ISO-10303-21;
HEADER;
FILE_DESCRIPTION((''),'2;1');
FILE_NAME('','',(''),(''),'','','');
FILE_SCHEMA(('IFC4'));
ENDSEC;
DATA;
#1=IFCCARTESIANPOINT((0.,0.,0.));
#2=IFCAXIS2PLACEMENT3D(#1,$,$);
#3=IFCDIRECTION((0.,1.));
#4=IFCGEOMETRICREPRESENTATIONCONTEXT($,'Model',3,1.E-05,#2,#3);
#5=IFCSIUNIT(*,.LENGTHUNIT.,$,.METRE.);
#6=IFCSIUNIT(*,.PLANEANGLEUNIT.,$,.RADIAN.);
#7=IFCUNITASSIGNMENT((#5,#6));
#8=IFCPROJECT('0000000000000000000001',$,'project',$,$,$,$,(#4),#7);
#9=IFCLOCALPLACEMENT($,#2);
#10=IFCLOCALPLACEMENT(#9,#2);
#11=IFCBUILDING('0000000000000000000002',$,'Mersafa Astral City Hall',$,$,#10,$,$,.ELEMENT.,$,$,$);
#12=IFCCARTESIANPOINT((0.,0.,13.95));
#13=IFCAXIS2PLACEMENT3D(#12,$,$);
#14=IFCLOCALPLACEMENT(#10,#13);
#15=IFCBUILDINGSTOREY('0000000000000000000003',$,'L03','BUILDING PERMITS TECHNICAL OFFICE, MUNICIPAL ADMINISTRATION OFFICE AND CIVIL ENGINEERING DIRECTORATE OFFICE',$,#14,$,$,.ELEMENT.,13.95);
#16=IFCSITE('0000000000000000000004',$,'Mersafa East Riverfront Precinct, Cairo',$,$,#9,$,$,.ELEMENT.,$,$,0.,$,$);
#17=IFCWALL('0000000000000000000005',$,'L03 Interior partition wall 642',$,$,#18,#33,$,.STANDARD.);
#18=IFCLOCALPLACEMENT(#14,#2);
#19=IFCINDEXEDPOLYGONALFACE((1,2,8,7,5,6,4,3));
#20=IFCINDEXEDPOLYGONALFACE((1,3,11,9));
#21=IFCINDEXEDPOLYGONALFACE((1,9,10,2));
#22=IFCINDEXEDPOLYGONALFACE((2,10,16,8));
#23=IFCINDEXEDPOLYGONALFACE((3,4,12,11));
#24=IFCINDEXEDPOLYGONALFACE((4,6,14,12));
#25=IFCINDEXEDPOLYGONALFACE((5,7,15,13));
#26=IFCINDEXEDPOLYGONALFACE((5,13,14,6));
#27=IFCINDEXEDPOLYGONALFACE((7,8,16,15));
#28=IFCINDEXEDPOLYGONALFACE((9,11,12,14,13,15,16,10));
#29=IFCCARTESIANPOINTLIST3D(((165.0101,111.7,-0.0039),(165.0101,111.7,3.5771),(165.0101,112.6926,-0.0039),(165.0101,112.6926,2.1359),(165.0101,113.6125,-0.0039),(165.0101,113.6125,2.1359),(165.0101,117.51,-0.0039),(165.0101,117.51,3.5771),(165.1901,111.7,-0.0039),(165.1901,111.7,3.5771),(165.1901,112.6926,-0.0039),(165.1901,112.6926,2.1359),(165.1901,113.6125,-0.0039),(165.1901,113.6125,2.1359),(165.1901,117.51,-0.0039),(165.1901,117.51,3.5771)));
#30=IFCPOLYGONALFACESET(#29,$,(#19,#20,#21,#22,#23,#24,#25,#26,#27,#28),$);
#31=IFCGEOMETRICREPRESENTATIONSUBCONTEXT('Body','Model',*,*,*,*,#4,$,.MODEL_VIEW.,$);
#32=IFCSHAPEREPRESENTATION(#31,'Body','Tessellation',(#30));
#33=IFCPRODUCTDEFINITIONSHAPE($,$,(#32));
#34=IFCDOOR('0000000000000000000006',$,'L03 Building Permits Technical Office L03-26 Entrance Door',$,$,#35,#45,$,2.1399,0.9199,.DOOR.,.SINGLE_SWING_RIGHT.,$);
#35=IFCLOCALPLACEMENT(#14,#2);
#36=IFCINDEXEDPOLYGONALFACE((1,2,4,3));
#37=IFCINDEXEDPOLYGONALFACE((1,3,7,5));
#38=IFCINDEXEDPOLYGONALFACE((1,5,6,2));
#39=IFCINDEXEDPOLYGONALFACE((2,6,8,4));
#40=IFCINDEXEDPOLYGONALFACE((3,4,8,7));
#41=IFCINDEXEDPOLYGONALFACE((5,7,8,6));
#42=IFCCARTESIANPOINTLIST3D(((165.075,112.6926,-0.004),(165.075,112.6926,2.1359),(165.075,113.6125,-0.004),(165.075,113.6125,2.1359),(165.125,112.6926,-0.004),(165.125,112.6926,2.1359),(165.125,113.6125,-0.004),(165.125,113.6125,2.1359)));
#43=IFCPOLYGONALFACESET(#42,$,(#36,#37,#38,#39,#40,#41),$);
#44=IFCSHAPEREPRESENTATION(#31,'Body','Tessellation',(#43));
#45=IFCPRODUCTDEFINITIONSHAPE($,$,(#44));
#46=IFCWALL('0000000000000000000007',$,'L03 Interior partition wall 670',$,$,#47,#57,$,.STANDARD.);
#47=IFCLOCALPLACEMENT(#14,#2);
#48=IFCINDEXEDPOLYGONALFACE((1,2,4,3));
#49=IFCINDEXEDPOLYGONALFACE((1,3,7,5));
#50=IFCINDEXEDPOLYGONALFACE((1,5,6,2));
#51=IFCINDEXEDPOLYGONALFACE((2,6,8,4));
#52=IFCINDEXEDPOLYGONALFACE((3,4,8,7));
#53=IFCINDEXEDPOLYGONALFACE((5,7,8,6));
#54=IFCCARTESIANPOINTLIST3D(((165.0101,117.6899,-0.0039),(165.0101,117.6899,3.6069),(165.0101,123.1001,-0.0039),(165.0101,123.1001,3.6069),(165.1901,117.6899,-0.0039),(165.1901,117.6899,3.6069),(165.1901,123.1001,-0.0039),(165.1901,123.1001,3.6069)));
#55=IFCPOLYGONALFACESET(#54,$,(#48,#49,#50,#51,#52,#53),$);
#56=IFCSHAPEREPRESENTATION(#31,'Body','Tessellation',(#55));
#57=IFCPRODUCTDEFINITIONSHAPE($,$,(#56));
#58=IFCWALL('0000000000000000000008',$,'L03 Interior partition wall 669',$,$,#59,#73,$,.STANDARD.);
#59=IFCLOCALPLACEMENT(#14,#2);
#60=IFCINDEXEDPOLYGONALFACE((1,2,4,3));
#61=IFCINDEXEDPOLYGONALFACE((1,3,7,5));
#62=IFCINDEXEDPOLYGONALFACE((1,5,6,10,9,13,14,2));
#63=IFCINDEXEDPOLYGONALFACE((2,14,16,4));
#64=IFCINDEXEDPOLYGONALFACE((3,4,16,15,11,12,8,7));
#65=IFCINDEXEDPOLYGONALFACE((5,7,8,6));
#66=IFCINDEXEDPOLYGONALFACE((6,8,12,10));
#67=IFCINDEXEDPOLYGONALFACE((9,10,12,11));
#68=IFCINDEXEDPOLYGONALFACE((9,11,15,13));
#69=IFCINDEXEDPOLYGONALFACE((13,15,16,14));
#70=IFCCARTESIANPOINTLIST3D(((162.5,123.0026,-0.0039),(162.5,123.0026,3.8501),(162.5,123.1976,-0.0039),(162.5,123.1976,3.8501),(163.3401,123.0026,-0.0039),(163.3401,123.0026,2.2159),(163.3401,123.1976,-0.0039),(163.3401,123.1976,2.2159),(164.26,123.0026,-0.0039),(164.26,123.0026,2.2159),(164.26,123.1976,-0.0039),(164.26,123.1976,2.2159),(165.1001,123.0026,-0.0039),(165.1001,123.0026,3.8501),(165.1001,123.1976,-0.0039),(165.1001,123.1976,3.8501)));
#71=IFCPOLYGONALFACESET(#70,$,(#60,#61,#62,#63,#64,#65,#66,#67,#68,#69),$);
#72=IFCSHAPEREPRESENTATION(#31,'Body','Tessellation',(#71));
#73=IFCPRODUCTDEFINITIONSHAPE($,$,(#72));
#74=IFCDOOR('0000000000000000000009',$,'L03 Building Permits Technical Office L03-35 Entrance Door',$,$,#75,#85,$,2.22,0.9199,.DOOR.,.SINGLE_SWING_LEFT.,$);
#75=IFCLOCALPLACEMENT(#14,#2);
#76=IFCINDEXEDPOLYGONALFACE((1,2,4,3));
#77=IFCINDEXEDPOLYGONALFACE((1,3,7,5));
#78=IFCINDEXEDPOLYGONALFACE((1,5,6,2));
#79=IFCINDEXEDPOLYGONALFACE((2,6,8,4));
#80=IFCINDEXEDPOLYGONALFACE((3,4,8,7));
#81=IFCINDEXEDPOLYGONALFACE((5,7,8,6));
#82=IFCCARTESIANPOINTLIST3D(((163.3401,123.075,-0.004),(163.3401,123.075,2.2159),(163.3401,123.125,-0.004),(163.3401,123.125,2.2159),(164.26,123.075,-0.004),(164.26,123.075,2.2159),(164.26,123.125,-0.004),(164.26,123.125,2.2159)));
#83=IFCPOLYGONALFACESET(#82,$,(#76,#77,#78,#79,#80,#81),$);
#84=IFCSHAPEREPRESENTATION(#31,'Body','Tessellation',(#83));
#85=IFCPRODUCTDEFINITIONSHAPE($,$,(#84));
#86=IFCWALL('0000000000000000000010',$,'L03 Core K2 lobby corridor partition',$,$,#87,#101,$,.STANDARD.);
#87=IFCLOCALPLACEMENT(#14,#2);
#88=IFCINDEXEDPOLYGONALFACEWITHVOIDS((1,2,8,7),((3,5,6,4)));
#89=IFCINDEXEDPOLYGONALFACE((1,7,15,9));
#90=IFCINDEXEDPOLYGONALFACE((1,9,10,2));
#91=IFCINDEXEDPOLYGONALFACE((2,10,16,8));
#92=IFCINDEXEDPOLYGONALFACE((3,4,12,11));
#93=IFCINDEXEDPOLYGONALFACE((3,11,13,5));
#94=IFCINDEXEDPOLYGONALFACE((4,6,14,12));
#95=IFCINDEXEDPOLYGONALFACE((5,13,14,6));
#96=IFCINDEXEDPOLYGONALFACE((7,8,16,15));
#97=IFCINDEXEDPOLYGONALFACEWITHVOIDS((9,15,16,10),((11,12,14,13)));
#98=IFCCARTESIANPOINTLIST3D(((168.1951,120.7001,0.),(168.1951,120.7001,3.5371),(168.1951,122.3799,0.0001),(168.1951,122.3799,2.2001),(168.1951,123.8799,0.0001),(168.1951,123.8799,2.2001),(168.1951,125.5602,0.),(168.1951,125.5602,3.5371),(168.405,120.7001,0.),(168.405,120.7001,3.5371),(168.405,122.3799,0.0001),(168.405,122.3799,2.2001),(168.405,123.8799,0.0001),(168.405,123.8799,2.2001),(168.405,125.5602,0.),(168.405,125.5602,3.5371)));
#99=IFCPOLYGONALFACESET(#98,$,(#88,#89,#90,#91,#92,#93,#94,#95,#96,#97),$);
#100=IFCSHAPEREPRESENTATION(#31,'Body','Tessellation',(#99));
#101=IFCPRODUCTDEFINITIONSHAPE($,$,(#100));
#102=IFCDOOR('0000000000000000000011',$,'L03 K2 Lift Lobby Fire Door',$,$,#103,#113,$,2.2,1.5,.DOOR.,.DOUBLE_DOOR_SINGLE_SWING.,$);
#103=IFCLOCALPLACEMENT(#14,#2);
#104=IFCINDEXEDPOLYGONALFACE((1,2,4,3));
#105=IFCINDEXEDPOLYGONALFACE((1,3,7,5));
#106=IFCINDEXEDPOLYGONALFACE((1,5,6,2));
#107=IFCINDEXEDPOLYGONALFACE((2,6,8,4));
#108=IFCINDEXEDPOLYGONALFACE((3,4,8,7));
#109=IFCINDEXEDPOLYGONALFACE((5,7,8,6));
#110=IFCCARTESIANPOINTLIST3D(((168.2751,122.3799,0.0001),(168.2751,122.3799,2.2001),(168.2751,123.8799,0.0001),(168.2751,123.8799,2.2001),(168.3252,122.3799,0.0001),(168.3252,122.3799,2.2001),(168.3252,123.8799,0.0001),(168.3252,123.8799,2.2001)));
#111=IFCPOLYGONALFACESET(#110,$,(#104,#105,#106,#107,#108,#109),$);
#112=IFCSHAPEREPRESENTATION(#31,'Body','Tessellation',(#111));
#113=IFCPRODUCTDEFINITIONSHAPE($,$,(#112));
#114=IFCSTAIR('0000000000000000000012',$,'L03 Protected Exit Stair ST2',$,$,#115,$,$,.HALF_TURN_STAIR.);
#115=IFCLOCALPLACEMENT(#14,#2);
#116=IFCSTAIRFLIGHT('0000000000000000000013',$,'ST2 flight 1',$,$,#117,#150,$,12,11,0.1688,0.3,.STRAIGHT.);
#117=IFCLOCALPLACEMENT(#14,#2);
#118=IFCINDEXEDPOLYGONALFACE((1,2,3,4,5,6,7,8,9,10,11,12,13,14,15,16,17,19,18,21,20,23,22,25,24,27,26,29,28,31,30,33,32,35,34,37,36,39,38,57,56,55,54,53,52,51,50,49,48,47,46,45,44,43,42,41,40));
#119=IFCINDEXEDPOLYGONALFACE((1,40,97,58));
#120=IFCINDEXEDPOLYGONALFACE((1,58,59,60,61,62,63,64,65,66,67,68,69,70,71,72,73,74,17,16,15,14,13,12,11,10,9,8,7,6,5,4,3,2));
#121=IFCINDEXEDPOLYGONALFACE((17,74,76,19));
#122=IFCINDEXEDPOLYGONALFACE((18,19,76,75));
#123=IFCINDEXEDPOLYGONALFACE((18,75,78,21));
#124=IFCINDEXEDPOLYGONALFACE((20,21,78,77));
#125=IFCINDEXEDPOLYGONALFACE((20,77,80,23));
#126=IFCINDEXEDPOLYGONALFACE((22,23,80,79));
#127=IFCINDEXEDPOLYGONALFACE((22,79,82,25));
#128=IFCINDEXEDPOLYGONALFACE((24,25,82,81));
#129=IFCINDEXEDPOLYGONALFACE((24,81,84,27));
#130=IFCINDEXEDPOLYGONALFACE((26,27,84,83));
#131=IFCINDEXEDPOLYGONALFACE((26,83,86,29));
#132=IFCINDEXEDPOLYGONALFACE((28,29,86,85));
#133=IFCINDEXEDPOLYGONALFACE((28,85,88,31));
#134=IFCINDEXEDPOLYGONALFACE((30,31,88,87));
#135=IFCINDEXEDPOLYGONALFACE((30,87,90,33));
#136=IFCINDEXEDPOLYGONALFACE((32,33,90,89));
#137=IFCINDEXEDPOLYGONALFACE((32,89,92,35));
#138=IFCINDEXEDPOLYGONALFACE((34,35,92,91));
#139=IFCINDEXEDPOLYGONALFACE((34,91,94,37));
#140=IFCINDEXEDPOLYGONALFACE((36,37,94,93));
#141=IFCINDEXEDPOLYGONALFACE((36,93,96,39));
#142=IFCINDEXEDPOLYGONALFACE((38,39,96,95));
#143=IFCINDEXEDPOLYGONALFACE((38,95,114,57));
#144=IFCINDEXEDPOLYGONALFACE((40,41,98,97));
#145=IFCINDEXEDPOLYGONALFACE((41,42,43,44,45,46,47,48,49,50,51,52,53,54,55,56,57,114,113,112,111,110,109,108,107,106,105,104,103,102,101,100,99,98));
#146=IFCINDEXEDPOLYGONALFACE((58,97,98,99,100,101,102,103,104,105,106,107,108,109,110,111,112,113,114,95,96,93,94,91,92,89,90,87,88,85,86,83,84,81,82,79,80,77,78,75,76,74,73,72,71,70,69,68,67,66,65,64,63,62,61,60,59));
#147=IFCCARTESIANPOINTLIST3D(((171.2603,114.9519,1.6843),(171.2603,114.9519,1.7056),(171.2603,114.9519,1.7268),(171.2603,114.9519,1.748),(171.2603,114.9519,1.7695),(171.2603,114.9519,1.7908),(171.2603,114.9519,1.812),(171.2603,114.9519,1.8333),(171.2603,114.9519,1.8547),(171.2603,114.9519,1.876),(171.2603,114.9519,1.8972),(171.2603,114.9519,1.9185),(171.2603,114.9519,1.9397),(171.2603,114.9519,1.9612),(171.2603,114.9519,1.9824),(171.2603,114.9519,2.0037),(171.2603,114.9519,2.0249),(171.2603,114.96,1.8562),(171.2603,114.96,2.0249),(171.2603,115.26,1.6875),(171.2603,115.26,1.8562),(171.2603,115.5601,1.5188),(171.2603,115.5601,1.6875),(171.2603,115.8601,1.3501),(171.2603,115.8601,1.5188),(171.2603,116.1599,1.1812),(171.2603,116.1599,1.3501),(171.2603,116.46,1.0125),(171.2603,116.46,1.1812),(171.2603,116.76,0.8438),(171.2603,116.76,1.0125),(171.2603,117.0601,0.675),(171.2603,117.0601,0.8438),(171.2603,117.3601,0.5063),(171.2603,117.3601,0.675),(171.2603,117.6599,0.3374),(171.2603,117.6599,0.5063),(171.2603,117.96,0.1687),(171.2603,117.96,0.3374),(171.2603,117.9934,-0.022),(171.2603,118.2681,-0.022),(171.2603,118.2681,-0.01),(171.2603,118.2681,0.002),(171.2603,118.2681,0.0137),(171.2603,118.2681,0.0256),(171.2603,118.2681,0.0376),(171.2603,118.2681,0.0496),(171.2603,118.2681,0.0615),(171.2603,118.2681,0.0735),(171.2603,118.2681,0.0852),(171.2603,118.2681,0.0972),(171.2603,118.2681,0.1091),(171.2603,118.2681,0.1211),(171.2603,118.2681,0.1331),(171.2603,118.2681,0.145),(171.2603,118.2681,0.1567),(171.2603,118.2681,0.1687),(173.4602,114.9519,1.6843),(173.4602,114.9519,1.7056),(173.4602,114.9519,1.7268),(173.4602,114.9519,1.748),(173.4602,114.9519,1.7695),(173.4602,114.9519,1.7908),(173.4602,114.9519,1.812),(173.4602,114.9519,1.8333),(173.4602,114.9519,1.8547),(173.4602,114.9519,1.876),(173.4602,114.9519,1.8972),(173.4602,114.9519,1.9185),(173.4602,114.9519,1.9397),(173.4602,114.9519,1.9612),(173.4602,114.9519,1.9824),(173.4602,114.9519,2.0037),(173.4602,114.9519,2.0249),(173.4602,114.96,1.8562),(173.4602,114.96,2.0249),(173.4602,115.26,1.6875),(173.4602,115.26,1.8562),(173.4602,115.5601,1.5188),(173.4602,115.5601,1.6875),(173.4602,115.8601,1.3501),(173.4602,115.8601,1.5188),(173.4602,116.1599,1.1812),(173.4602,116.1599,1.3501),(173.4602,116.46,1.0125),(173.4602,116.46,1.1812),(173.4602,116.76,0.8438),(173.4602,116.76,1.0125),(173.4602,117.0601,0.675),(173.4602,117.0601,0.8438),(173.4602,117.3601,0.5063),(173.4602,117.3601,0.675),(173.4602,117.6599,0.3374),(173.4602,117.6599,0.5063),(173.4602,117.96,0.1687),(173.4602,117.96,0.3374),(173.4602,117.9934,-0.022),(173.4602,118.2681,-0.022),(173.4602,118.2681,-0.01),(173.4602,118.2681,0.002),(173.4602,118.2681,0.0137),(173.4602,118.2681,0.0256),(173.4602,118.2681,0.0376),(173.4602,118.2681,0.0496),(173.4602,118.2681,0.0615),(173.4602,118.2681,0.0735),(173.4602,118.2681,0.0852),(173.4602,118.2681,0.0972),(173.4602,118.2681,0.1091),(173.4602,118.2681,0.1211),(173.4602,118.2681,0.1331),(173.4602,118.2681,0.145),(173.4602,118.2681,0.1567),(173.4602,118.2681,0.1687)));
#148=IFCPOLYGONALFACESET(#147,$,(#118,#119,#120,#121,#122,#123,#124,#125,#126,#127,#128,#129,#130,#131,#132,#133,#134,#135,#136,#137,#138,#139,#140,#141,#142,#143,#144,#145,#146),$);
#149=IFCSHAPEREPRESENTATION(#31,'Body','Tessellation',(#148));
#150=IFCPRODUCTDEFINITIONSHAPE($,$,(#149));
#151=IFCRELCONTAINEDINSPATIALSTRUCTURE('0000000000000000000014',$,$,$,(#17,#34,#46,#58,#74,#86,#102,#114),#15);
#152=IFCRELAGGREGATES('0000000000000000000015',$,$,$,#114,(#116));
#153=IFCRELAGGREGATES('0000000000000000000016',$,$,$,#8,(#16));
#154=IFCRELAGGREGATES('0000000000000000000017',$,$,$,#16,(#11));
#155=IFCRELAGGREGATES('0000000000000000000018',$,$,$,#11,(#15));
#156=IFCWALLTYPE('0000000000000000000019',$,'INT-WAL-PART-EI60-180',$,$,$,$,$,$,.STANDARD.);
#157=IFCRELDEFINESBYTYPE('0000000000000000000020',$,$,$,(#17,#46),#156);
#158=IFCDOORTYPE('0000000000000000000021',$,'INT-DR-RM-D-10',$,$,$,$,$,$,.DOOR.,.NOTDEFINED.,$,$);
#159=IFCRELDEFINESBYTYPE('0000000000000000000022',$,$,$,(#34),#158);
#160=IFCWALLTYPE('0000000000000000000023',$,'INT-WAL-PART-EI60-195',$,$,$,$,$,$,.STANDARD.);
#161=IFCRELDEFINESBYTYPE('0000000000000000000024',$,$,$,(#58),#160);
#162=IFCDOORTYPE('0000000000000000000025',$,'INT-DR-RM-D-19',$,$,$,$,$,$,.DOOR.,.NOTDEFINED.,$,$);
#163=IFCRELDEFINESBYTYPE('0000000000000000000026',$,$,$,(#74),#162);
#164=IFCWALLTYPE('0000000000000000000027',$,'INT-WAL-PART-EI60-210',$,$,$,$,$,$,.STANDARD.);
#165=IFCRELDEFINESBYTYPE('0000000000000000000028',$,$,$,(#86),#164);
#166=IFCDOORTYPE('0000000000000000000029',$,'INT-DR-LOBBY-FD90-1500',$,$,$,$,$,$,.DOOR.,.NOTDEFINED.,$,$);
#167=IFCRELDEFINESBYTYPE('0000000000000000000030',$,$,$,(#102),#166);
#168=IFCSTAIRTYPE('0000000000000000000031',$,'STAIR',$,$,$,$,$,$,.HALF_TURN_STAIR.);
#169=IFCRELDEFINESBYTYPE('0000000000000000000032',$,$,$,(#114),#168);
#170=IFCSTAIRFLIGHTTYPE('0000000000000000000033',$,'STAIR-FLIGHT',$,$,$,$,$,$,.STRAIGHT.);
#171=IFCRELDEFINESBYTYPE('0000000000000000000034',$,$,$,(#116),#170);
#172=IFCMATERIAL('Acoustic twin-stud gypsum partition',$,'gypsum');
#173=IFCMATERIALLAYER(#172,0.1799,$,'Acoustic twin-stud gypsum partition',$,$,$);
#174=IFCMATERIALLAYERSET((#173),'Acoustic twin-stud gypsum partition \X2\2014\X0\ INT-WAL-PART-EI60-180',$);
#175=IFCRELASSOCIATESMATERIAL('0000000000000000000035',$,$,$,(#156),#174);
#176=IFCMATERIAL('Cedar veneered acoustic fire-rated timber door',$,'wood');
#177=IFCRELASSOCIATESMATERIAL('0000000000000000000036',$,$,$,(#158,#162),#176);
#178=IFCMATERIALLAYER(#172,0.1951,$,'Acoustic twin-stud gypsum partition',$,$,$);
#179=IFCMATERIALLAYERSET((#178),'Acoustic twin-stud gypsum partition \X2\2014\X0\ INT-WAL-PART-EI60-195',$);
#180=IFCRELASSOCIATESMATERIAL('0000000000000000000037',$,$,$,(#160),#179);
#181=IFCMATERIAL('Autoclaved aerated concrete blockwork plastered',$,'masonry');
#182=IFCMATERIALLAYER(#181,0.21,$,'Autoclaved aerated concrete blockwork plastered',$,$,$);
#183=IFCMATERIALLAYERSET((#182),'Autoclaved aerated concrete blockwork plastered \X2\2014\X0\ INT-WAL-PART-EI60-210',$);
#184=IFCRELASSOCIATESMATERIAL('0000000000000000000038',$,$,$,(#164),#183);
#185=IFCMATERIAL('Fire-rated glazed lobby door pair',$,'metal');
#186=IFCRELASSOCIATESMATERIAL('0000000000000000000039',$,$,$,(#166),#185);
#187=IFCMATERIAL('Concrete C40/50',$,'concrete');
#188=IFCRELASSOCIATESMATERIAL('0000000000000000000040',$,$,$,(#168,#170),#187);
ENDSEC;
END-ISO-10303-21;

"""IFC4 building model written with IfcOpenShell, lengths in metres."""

from ifc_helpers import new_model, si_unit, direction, frame, frame_2d, origin, place, context, subcontext, project, spatial, polyline, rectangle, outline, extrude, material, layer, layer_set, type_object, element, fill, aggregate, save


model = new_model("IFC4")

# Units and contexts
model_context = context("Model", 3, precision=1e-05, world=origin(), true_north=direction((0.0, 1.0)))
body_context = subcontext(model_context, "Body", "Model", "MODEL_VIEW")
ifc_project = project(units=[si_unit("LENGTHUNIT", "METRE"), si_unit("PLANEANGLEUNIT", "RADIAN")], contexts=[model_context])

# Site, building, storey
site_placement = place(None, origin())
site = spatial("IfcSite", under=ifc_project, at=site_placement, Name="Mersafa East Riverfront Precinct, Cairo", CompositionType="ELEMENT", RefElevation=0.0)
building_placement = place(site_placement, origin())
building = spatial("IfcBuilding", under=site, at=building_placement, Name="Mersafa Astral City Hall", CompositionType="ELEMENT")
storey_placement = place(building_placement, frame((0.0, 0.0, 13.95)))
storey = spatial("IfcBuildingStorey", under=building, at=storey_placement, Name="L03", Description="BUILDING PERMITS TECHNICAL OFFICE, MUNICIPAL ADMINISTRATION OFFICE AND CIVIL ENGINEERING DIRECTORATE OFFICE", CompositionType="ELEMENT", Elevation=13.95)

# Shared definitions
ifc_material_1 = material(Name="Concrete C40/50", Category="concrete")

# Wall, opening, door
ifc_material_2 = material(Name="Acoustic twin-stud gypsum partition", Category="gypsum")
ifc_layer_1 = layer(ifc_material_2, 0.1799, Name="Acoustic twin-stud gypsum partition")
ifc_layer_set_1 = layer_set([ifc_layer_1], Name="Acoustic twin-stud gypsum partition — INT-WAL-PART-EI60-180")
wall_type_1 = type_object("IfcWallType", Name="INT-WAL-PART-EI60-180", PredefinedType="STANDARD", material=ifc_layer_set_1)
wall_1_placement = place(storey_placement, frame((165.1001, 117.51, -0.0039), z_axis=(0.0, 0.0, 1.0), x_axis=(0.0, -1.0, 0.0)))
wall_1 = element("IfcWall", 1, at=wall_1_placement, inside=storey, type_object=wall_type_1, Name="L03 Interior partition wall 642", PredefinedType="STANDARD", context=body_context, shape_type="SweptSolid", body=[
    extrude(rectangle(XDim=5.8101, YDim=0.1799, at=frame_2d((2.905, 0.0))), origin(), (0.0, 0.0, 1.0), 3.5811),
])
opening_1_placement = place(wall_1_placement, frame((3.8975, 0.0, 0.0)))
opening_1 = element("IfcOpeningElement", 2, at=opening_1_placement, cuts=wall_1, PredefinedType="OPENING", context=body_context, shape_type="SweptSolid", body=[
    extrude(rectangle(XDim=0.9199, YDim=2.1399, at=frame_2d((0.46, 1.0698))), frame((0.0, 0.0999, 0.0), z_axis=(0.0, -1.0, 0.0), x_axis=(1.0, 0.0, 0.0)), (0.0, 0.0, 1.0), 0.2),
])
ifc_material_3 = material(Name="Cedar veneered acoustic fire-rated timber door", Category="wood")
door_type_1 = type_object("IfcDoorType", Name="INT-DR-RM-D-10", OperationType="NOTDEFINED", PredefinedType="DOOR", material=ifc_material_3)
door_1_placement = place(opening_1_placement, origin())
door_1 = element("IfcDoor", 3, at=door_1_placement, inside=storey, type_object=door_type_1, Name="L03 Building Permits Technical Office L03-26 Entrance Door", OperationType="SINGLE_SWING_RIGHT", OverallHeight=2.1399, OverallWidth=0.9199, PredefinedType="DOOR", context=body_context, shape_type="SweptSolid", body=[
    extrude(rectangle(XDim=0.9199, YDim=2.1399, at=frame_2d((0.46, 1.0698))), frame((0.0, 0.0249, 0.0), z_axis=(0.0, -1.0, 0.0), x_axis=(1.0, 0.0, 0.0)), (0.0, 0.0, 1.0), 0.05),
])
fill(opening_1, door_1)

# Wall
wall_2_placement = place(storey_placement, frame((165.1001, 123.1001, -0.0039), z_axis=(0.0, 0.0, 1.0), x_axis=(0.0, -1.0, 0.0)))
element("IfcWall", 4, at=wall_2_placement, inside=storey, type_object=wall_type_1, Name="L03 Interior partition wall 670", PredefinedType="STANDARD", context=body_context, shape_type="SweptSolid", body=[
    extrude(rectangle(XDim=5.4102, YDim=0.1799, at=frame_2d((2.7051, 0.0))), origin(), (0.0, 0.0, 1.0), 3.6108),
])

# Walls, openings, doors
ifc_layer_2 = layer(ifc_material_2, 0.1951, Name="Acoustic twin-stud gypsum partition")
ifc_layer_set_2 = layer_set([ifc_layer_2], Name="Acoustic twin-stud gypsum partition — INT-WAL-PART-EI60-195")
wall_type_2 = type_object("IfcWallType", Name="INT-WAL-PART-EI60-195", PredefinedType="STANDARD", material=ifc_layer_set_2)
wall_3_placement = place(storey_placement, frame((162.5, 123.1001, -0.0039), z_axis=(0.0, 0.0, 1.0), x_axis=(1.0, 0.0, 0.0)))
wall_3 = element("IfcWall", 5, at=wall_3_placement, inside=storey, type_object=wall_type_2, Name="L03 Interior partition wall 669", PredefinedType="STANDARD", context=body_context, shape_type="SweptSolid", body=[
    extrude(rectangle(XDim=2.6001, YDim=0.1951, at=frame_2d((1.3, 0.0))), origin(), (0.0, 0.0, 1.0), 3.854),
])
opening_2_placement = place(wall_3_placement, frame((0.8401, 0.0, 0.0)))
opening_2 = element("IfcOpeningElement", 6, at=opening_2_placement, cuts=wall_3, PredefinedType="OPENING", context=body_context, shape_type="SweptSolid", body=[
    extrude(rectangle(XDim=0.9199, YDim=2.22, at=frame_2d((0.46, 1.1099))), frame((0.0, 0.1074, 0.0), z_axis=(0.0, -1.0, 0.0), x_axis=(1.0, 0.0, 0.0)), (0.0, 0.0, 1.0), 0.2151),
])
door_type_2 = type_object("IfcDoorType", Name="INT-DR-RM-D-19", OperationType="NOTDEFINED", PredefinedType="DOOR", material=ifc_material_3)
door_2_placement = place(opening_2_placement, origin())
door_2 = element("IfcDoor", 7, at=door_2_placement, inside=storey, type_object=door_type_2, Name="L03 Building Permits Technical Office L03-35 Entrance Door", OperationType="SINGLE_SWING_LEFT", OverallHeight=2.22, OverallWidth=0.9199, PredefinedType="DOOR", context=body_context, shape_type="SweptSolid", body=[
    extrude(rectangle(XDim=0.9199, YDim=2.22, at=frame_2d((0.46, 1.1099))), frame((0.0, 0.0249, 0.0), z_axis=(0.0, -1.0, 0.0), x_axis=(1.0, 0.0, 0.0)), (0.0, 0.0, 1.0), 0.05),
])
fill(opening_2, door_2)
ifc_material_4 = material(Name="Autoclaved aerated concrete blockwork plastered", Category="masonry")
ifc_layer_3 = layer(ifc_material_4, 0.21, Name="Autoclaved aerated concrete blockwork plastered")
ifc_layer_set_3 = layer_set([ifc_layer_3], Name="Autoclaved aerated concrete blockwork plastered — INT-WAL-PART-EI60-210")
wall_type_3 = type_object("IfcWallType", Name="INT-WAL-PART-EI60-210", PredefinedType="STANDARD", material=ifc_layer_set_3)
wall_4_placement = place(storey_placement, frame((168.3, 120.7, 0.0), z_axis=(0.0, 0.0, 1.0), x_axis=(0.0, 1.0, 0.0)))
wall_4 = element("IfcWall", 8, at=wall_4_placement, inside=storey, type_object=wall_type_3, Name="L03 Core K2 lobby corridor partition", PredefinedType="STANDARD", context=body_context, shape_type="SweptSolid", body=[
    extrude(rectangle(XDim=4.8601, YDim=0.21, at=frame_2d((2.4302, 0.0))), origin(), (0.0, 0.0, 1.0), 3.5371),
])
opening_3_placement = place(wall_4_placement, frame((1.6799, 0.0, 0.0)))
opening_3 = element("IfcOpeningElement", 9, at=opening_3_placement, cuts=wall_4, PredefinedType="OPENING", context=body_context, shape_type="SweptSolid", body=[
    extrude(rectangle(XDim=1.5, YDim=2.2, at=frame_2d((0.75, 1.1001))), frame((0.0, 0.115, 0.0), z_axis=(0.0, -1.0, 0.0), x_axis=(1.0, 0.0, 0.0)), (0.0, 0.0, 1.0), 0.23),
])
ifc_material_5 = material(Name="Fire-rated glazed lobby door pair", Category="metal")
door_type_3 = type_object("IfcDoorType", Name="INT-DR-LOBBY-FD90-1500", OperationType="NOTDEFINED", PredefinedType="DOOR", material=ifc_material_5)
door_3_placement = place(opening_3_placement, origin())
door_3 = element("IfcDoor", 10, at=door_3_placement, inside=storey, type_object=door_type_3, Name="L03 K2 Lift Lobby Fire Door", OperationType="DOUBLE_DOOR_SINGLE_SWING", OverallHeight=2.2, OverallWidth=1.5, PredefinedType="DOOR", context=body_context, shape_type="SweptSolid", body=[
    extrude(rectangle(XDim=1.5, YDim=2.2, at=frame_2d((0.75, 1.1001))), frame((0.0, 0.0249, 0.0), z_axis=(0.0, -1.0, 0.0), x_axis=(1.0, 0.0, 0.0)), (0.0, 0.0, 1.0), 0.05),
])
fill(opening_3, door_3)

# Stair, stair flight
stair_type = type_object("IfcStairType", Name="STAIR", PredefinedType="HALF_TURN_STAIR", material=ifc_material_1)
stair_placement = place(storey_placement, origin())
stair = element("IfcStair", 11, at=stair_placement, inside=storey, type_object=stair_type, Name="L03 Protected Exit Stair ST2", PredefinedType="HALF_TURN_STAIR")
stair_flight_type = type_object("IfcStairFlightType", Name="STAIR-FLIGHT", PredefinedType="STRAIGHT", material=ifc_material_1)
stair_flight_placement = place(storey_placement, frame((172.3601, 118.26, 0.0), z_axis=(0.0, 0.0, 1.0), x_axis=(0.0, -1.0, 0.0)))
stair_flight = element("IfcStairFlight", 12, at=stair_flight_placement, type_object=stair_flight_type, Name="ST2 flight 1", NumberOfRisers=12, NumberOfTreads=11, PredefinedType="STRAIGHT", RiserHeight=0.1688, TreadLength=0.3, context=body_context, shape_type="SweptSolid", body=[
    extrude(outline(polyline([(-0.0081, -0.022), (-0.0081, -0.01), (-0.0081, 0.002), (-0.0081, 0.0137), (-0.0081, 0.0256), (-0.0081, 0.0376), (-0.0081, 0.0496), (-0.0081, 0.0615), (-0.0081, 0.0735), (-0.0081, 0.0852), (-0.0081, 0.0972), (-0.0081, 0.1091), (-0.0081, 0.1211), (-0.0081, 0.1331), (-0.0081, 0.145), (-0.0081, 0.1567), (-0.0081, 0.1687), (0.3, 0.1687), (0.3, 0.3374), (0.6001, 0.3374), (0.6001, 0.5063), (0.8999, 0.5063), (0.8999, 0.675), (1.2, 0.675), (1.2, 0.8438), (1.5, 0.8438), (1.5, 1.0125), (1.8, 1.0125), (1.8, 1.1812), (2.1001, 1.1812), (2.1001, 1.3501), (2.3999, 1.3501), (2.3999, 1.5188), (2.7, 1.5188), (2.7, 1.6875), (3.0, 1.6875), (3.0, 1.8562), (3.3, 1.8562), (3.3, 2.0249), (3.3081, 2.0249), (3.3081, 2.0037), (3.3081, 1.9824), (3.3081, 1.9612), (3.3081, 1.9397), (3.3081, 1.9185), (3.3081, 1.8972), (3.3081, 1.876), (3.3081, 1.8547), (3.3081, 1.8333), (3.3081, 1.812), (3.3081, 1.7908), (3.3081, 1.7695), (3.3081, 1.748), (3.3081, 1.7268), (3.3081, 1.7056), (3.3081, 1.6843), (0.2666, -0.022), (-0.0081, -0.022)])), frame((0.0, 1.1001, 0.0), z_axis=(0.0, -1.0, 0.0), x_axis=(1.0, 0.0, 0.0)), (0.0, 0.0, 1.0), 2.2),
])
aggregate(stair, [stair_flight])

save(model, "model.ifc")
